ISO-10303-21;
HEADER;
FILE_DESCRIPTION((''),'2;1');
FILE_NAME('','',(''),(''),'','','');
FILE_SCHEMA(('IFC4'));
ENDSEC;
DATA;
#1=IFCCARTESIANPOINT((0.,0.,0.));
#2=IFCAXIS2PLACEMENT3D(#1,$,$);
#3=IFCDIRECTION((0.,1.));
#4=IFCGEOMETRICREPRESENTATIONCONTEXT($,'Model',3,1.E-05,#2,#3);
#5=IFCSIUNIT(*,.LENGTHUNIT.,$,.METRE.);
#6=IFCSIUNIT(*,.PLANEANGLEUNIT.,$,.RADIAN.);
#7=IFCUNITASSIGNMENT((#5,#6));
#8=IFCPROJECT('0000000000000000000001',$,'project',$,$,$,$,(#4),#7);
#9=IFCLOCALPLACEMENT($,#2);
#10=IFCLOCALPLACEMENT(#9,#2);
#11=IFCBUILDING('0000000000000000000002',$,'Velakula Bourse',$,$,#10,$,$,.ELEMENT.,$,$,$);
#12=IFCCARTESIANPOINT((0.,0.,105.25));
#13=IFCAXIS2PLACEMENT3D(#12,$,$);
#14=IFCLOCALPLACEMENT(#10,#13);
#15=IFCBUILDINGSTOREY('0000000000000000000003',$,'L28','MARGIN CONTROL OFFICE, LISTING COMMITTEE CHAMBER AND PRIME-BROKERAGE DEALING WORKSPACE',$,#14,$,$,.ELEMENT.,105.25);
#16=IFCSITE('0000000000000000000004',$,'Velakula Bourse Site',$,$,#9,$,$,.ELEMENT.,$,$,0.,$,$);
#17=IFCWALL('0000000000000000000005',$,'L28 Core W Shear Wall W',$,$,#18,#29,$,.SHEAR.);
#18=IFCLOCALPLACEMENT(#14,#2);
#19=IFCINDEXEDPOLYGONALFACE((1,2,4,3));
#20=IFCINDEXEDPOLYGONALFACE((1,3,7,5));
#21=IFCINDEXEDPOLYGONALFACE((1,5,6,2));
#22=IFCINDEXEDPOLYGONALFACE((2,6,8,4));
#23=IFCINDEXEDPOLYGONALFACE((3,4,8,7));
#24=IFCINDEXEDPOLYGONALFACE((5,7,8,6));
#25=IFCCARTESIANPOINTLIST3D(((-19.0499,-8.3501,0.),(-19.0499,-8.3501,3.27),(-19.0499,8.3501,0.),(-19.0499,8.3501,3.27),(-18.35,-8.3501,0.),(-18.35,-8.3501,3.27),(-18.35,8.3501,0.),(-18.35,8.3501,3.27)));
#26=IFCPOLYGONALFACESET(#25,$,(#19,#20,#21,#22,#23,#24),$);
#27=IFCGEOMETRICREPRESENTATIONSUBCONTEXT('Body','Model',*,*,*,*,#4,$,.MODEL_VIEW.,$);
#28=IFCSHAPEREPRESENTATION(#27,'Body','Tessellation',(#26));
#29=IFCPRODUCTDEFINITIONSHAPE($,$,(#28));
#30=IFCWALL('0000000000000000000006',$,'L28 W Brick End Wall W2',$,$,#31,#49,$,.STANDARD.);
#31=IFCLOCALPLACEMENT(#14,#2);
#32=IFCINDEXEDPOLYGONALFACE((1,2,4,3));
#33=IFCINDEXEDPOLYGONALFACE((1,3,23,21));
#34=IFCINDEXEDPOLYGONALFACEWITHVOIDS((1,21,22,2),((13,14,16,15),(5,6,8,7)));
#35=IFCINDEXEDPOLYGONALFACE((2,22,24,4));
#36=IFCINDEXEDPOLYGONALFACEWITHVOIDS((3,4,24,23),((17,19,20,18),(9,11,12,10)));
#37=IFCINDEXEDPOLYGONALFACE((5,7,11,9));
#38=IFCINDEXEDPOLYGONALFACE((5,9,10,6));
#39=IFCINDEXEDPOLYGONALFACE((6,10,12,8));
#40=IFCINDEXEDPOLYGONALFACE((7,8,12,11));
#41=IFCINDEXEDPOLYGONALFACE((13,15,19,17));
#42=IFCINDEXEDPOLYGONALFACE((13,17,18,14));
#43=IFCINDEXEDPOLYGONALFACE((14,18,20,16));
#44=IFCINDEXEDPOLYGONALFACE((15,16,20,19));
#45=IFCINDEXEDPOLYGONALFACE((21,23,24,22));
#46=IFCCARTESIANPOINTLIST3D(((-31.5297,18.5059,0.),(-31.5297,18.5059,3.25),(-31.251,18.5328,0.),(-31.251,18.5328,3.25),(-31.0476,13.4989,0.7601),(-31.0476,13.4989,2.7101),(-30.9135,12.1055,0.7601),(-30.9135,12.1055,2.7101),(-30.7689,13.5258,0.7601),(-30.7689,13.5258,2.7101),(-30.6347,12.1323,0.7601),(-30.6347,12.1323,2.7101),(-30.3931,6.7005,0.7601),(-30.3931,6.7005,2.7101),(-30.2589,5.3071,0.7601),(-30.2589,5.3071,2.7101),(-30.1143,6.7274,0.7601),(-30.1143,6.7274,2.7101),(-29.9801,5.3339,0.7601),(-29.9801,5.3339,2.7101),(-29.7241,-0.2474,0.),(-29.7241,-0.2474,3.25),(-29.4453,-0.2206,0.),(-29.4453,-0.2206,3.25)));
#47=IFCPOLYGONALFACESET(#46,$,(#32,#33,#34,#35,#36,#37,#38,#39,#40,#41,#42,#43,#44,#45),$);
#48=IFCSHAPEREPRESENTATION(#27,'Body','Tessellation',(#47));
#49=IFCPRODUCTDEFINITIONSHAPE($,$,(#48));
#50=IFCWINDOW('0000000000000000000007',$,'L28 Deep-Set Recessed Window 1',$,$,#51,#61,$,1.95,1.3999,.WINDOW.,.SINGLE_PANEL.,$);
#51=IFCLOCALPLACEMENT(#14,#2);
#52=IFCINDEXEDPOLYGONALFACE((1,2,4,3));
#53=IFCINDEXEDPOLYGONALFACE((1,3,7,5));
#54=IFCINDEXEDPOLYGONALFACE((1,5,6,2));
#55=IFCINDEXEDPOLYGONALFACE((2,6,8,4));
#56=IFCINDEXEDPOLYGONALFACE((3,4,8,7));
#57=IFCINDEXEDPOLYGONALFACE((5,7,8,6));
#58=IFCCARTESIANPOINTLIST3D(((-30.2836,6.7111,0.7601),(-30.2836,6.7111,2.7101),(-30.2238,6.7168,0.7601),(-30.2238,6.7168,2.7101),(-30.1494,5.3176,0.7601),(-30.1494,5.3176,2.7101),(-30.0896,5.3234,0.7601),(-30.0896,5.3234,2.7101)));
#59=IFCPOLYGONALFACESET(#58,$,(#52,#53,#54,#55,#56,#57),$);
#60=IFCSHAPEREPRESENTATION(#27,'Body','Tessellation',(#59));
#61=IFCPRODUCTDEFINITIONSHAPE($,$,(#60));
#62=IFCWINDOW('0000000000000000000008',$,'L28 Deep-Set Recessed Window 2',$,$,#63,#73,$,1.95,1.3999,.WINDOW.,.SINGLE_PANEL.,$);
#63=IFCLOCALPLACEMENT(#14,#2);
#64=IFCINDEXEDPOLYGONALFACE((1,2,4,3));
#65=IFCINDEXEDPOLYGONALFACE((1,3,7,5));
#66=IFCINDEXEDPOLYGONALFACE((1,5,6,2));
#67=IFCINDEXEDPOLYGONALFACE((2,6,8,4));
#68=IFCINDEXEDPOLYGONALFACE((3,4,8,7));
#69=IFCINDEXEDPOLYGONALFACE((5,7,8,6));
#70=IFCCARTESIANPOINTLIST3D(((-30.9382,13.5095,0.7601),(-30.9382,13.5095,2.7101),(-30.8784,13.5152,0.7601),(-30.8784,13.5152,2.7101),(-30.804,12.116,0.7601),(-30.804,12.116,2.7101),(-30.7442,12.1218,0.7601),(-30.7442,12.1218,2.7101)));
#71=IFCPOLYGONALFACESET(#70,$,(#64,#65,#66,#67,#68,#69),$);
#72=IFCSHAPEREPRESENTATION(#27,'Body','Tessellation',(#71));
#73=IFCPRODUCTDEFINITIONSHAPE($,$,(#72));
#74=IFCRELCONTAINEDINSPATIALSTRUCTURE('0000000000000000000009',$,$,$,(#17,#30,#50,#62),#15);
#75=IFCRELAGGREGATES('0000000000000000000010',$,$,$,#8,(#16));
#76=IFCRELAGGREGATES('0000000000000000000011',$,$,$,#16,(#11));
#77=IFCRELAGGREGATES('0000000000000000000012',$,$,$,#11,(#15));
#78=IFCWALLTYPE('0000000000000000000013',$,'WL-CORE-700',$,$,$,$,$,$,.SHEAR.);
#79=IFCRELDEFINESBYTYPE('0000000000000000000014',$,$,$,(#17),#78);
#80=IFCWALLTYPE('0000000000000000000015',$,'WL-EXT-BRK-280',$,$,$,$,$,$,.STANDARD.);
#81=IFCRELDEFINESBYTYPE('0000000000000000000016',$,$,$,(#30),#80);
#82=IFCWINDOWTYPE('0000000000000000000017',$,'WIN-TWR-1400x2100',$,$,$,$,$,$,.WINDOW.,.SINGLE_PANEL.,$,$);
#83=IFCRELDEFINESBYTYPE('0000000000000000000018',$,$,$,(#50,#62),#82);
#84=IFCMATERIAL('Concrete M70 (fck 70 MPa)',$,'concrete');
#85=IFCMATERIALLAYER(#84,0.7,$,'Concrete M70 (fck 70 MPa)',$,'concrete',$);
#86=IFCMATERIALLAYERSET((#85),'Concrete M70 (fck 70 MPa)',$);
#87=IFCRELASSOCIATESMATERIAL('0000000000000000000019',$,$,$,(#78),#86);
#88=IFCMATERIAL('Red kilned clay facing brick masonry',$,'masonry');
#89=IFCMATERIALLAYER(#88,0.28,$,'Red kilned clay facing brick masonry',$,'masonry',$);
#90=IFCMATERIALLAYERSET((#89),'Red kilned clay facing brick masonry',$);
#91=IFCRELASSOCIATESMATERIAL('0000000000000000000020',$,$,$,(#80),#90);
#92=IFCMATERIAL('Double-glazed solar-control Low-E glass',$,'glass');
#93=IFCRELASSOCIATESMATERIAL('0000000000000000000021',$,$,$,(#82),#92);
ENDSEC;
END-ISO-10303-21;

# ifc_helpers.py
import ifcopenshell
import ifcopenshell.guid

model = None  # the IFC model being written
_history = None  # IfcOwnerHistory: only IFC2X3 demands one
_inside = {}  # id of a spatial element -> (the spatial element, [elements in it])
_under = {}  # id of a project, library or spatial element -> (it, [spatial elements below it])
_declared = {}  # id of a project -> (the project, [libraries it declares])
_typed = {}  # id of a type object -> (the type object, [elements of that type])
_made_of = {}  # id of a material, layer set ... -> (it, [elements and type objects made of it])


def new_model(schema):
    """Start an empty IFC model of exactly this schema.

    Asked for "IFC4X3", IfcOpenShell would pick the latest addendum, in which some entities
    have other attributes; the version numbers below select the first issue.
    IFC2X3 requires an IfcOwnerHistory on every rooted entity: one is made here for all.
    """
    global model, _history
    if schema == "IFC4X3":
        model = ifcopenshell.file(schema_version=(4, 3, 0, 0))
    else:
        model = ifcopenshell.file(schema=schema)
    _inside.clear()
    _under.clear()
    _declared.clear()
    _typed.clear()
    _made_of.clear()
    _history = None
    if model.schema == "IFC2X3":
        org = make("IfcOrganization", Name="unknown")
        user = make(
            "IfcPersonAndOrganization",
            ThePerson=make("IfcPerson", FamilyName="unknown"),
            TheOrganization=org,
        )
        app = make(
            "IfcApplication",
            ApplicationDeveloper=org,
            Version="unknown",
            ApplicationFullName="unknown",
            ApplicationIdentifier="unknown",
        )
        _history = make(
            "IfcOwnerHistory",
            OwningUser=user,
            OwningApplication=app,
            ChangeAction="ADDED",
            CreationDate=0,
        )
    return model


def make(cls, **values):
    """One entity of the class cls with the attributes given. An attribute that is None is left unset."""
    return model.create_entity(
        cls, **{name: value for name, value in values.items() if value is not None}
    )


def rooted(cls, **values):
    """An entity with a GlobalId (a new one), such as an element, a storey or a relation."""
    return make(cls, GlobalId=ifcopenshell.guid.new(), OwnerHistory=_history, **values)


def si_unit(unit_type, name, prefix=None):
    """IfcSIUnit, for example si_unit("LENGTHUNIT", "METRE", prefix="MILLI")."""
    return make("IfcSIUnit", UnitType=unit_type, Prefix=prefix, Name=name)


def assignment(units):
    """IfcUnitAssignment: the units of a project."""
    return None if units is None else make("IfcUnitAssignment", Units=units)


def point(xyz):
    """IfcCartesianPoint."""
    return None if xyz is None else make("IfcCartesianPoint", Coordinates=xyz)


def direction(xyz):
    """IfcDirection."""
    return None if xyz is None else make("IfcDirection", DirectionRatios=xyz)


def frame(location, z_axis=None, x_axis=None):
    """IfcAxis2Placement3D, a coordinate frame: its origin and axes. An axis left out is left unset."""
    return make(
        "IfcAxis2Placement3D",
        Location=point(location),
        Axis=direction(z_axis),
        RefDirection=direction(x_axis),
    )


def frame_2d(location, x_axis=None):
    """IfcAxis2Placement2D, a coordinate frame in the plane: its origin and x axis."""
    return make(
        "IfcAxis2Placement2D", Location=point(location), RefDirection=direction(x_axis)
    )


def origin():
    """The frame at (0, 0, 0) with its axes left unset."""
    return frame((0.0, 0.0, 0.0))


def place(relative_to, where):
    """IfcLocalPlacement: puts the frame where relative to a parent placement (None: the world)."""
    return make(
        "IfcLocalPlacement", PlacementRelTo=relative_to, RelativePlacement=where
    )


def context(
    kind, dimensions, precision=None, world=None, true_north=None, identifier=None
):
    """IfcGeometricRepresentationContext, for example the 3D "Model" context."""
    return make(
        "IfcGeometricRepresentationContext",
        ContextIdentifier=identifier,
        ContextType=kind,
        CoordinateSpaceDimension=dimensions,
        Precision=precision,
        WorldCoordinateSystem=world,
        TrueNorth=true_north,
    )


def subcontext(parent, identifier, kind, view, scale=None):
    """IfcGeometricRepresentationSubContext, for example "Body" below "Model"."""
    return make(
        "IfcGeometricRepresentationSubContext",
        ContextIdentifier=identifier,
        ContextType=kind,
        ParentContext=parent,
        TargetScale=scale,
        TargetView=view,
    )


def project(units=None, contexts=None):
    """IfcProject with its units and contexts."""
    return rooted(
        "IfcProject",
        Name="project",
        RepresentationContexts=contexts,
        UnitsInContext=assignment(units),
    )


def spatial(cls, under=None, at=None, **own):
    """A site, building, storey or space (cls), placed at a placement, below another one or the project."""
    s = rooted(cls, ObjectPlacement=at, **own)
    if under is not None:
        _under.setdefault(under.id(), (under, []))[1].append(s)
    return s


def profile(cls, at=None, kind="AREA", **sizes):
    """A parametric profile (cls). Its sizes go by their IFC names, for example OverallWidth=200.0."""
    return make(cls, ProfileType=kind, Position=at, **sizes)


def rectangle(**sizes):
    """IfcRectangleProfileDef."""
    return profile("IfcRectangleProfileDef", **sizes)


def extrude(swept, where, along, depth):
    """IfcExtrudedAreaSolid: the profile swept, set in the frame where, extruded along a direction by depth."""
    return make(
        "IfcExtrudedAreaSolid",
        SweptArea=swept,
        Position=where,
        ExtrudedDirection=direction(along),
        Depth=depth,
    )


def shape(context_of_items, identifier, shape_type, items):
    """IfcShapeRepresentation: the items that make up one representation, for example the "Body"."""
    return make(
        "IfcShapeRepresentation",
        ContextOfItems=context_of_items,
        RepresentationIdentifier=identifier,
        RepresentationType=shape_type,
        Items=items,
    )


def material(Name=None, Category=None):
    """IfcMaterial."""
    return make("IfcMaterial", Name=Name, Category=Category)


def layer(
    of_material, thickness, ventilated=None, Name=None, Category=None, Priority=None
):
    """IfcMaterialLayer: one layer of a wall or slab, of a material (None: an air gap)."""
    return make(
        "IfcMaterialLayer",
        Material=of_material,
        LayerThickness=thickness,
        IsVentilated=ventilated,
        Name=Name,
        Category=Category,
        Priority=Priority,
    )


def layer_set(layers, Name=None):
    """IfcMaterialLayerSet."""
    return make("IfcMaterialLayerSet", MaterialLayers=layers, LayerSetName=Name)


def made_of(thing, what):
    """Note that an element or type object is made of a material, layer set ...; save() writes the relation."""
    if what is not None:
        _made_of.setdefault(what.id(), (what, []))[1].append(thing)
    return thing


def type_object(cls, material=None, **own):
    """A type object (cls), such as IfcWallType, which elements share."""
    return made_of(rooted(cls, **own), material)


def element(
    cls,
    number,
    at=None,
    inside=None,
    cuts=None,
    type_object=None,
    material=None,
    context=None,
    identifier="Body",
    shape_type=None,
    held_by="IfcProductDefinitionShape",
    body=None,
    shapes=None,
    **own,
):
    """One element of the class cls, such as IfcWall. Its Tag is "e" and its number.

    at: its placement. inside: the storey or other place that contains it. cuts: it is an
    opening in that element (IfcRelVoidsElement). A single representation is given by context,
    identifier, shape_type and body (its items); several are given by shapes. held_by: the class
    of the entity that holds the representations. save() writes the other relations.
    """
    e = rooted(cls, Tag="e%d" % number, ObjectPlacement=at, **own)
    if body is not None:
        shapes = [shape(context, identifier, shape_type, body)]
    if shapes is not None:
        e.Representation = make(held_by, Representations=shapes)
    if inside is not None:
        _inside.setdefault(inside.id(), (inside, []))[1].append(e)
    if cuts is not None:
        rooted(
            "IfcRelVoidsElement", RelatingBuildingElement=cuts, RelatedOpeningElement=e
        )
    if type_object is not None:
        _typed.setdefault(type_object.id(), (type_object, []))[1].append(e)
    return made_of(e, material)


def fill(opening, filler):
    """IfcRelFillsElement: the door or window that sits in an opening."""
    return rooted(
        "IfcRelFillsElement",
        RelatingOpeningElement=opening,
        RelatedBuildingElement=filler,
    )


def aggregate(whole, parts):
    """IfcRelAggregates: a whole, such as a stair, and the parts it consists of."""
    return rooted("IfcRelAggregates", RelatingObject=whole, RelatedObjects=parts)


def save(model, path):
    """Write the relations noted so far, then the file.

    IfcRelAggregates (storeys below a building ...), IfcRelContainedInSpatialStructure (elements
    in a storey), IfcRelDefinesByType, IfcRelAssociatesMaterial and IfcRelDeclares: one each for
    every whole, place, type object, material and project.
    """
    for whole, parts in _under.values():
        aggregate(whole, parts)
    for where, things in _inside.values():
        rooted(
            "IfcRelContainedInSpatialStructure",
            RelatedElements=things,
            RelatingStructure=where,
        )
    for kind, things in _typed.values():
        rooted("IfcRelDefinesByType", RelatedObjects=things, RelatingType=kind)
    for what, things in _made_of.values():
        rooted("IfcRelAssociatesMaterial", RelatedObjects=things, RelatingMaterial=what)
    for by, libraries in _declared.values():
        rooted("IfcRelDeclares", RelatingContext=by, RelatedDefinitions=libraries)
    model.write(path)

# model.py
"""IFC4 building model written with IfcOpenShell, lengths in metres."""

from ifc_helpers import new_model, si_unit, direction, frame, frame_2d, origin, place, context, subcontext, project, spatial, rectangle, extrude, material, layer, layer_set, type_object, element, fill, save


model = new_model("IFC4")

# Units and contexts
model_context = context("Model", 3, precision=1e-05, world=origin(), true_north=direction((0.0, 1.0)))
body_context = subcontext(model_context, "Body", "Model", "MODEL_VIEW")
ifc_project = project(units=[si_unit("LENGTHUNIT", "METRE"), si_unit("PLANEANGLEUNIT", "RADIAN")], contexts=[model_context])

# Site, building, storey
site_placement = place(None, origin())
site = spatial("IfcSite", under=ifc_project, at=site_placement, Name="Velakula Bourse Site", CompositionType="ELEMENT", RefElevation=0.0)
building_placement = place(site_placement, origin())
building = spatial("IfcBuilding", under=site, at=building_placement, Name="Velakula Bourse", CompositionType="ELEMENT")
storey_placement = place(building_placement, frame((0.0, 0.0, 105.25)))
storey = spatial("IfcBuildingStorey", under=building, at=storey_placement, Name="L28", Description="MARGIN CONTROL OFFICE, LISTING COMMITTEE CHAMBER AND PRIME-BROKERAGE DEALING WORKSPACE", CompositionType="ELEMENT", Elevation=105.25)

# Wall
ifc_material_1 = material(Name="Concrete M70 (fck 70 MPa)", Category="concrete")
ifc_layer_1 = layer(ifc_material_1, 0.7, Name="Concrete M70 (fck 70 MPa)", Category="concrete")
ifc_layer_set_1 = layer_set([ifc_layer_1], Name="Concrete M70 (fck 70 MPa)")
wall_type_1 = type_object("IfcWallType", Name="WL-CORE-700", PredefinedType="SHEAR", material=ifc_layer_set_1)
wall_1_placement = place(storey_placement, frame((-18.7, -8.3501, 0.0), z_axis=(0.0, 0.0, 1.0), x_axis=(0.0, 1.0, 0.0)))
element("IfcWall", 1, at=wall_1_placement, inside=storey, type_object=wall_type_1, Name="L28 Core W Shear Wall W", PredefinedType="SHEAR", context=body_context, shape_type="SweptSolid", body=[
    extrude(rectangle(XDim=16.7002, YDim=0.7, at=frame_2d((8.3501, 0.0))), origin(), (0.0, 0.0, 1.0), 3.27),
])

# Wall, openings, windows
ifc_material_2 = material(Name="Red kilned clay facing brick masonry", Category="masonry")
ifc_layer_2 = layer(ifc_material_2, 0.28, Name="Red kilned clay facing brick masonry", Category="masonry")
ifc_layer_set_2 = layer_set([ifc_layer_2], Name="Red kilned clay facing brick masonry")
wall_type_2 = type_object("IfcWallType", Name="WL-EXT-BRK-280", PredefinedType="STANDARD", material=ifc_layer_set_2)
wall_2_placement = place(storey_placement, frame((-29.5847, -0.2339, 0.0), z_axis=(0.0, 0.0, 1.0), x_axis=(-0.095841, 0.995397, 0.0)))
wall_2 = element("IfcWall", 2, at=wall_2_placement, inside=storey, type_object=wall_type_2, Name="L28 W Brick End Wall W2", PredefinedType="STANDARD", context=body_context, shape_type="SweptSolid", body=[
    extrude(rectangle(XDim=18.8401, YDim=0.28, at=frame_2d((9.4199, 0.0))), origin(), (0.0, 0.0, 1.0), 3.25),
])
opening_1_placement = place(wall_2_placement, frame((5.5801, 0.0, 0.76)))
opening_1 = element("IfcOpeningElement", 3, at=opening_1_placement, cuts=wall_2, PredefinedType="OPENING", context=body_context, shape_type="SweptSolid", body=[
    extrude(rectangle(XDim=1.3999, YDim=1.95, at=frame_2d((0.7, 0.9751))), frame((0.0, 0.1499, 0.0), z_axis=(0.0, -1.0, 0.0), x_axis=(1.0, 0.0, 0.0)), (0.0, 0.0, 1.0), 0.3),
])
opening_2_placement = place(wall_2_placement, frame((12.4099, 0.0, 0.76)))
opening_2 = element("IfcOpeningElement", 4, at=opening_2_placement, cuts=wall_2, PredefinedType="OPENING", context=body_context, shape_type="SweptSolid", body=[
    extrude(rectangle(XDim=1.3999, YDim=1.95, at=frame_2d((0.7, 0.9751))), frame((0.0, 0.1499, 0.0), z_axis=(0.0, -1.0, 0.0), x_axis=(1.0, 0.0, 0.0)), (0.0, 0.0, 1.0), 0.3),
])
ifc_material_3 = material(Name="Double-glazed solar-control Low-E glass", Category="glass")
window_type = type_object("IfcWindowType", Name="WIN-TWR-1400x2100", PartitioningType="SINGLE_PANEL", PredefinedType="WINDOW", material=ifc_material_3)
window_1_placement = place(opening_1_placement, origin())
window_1 = element("IfcWindow", 5, at=window_1_placement, inside=storey, type_object=window_type, Name="L28 Deep-Set Recessed Window 1", OverallHeight=1.95, OverallWidth=1.3999, PartitioningType="SINGLE_PANEL", PredefinedType="WINDOW", context=body_context, shape_type="SweptSolid", body=[
    extrude(rectangle(XDim=1.3999, YDim=1.95, at=frame_2d((0.7, 0.9751))), frame((0.0, 0.03, 0.0), z_axis=(0.0, -1.0, 0.0), x_axis=(1.0, 0.0, 0.0)), (0.0, 0.0, 1.0), 0.0601),
])
fill(opening_1, window_1)
window_2_placement = place(opening_2_placement, origin())
window_2 = element("IfcWindow", 6, at=window_2_placement, inside=storey, type_object=window_type, Name="L28 Deep-Set Recessed Window 2", OverallHeight=1.95, OverallWidth=1.3999, PartitioningType="SINGLE_PANEL", PredefinedType="WINDOW", context=body_context, shape_type="SweptSolid", body=[
    extrude(rectangle(XDim=1.3999, YDim=1.95, at=frame_2d((0.7, 0.9751))), frame((0.0, 0.03, 0.0), z_axis=(0.0, -1.0, 0.0), x_axis=(1.0, 0.0, 0.0)), (0.0, 0.0, 1.0), 0.0601),
])
fill(opening_2, window_2)

save(model, "model.ifc")
